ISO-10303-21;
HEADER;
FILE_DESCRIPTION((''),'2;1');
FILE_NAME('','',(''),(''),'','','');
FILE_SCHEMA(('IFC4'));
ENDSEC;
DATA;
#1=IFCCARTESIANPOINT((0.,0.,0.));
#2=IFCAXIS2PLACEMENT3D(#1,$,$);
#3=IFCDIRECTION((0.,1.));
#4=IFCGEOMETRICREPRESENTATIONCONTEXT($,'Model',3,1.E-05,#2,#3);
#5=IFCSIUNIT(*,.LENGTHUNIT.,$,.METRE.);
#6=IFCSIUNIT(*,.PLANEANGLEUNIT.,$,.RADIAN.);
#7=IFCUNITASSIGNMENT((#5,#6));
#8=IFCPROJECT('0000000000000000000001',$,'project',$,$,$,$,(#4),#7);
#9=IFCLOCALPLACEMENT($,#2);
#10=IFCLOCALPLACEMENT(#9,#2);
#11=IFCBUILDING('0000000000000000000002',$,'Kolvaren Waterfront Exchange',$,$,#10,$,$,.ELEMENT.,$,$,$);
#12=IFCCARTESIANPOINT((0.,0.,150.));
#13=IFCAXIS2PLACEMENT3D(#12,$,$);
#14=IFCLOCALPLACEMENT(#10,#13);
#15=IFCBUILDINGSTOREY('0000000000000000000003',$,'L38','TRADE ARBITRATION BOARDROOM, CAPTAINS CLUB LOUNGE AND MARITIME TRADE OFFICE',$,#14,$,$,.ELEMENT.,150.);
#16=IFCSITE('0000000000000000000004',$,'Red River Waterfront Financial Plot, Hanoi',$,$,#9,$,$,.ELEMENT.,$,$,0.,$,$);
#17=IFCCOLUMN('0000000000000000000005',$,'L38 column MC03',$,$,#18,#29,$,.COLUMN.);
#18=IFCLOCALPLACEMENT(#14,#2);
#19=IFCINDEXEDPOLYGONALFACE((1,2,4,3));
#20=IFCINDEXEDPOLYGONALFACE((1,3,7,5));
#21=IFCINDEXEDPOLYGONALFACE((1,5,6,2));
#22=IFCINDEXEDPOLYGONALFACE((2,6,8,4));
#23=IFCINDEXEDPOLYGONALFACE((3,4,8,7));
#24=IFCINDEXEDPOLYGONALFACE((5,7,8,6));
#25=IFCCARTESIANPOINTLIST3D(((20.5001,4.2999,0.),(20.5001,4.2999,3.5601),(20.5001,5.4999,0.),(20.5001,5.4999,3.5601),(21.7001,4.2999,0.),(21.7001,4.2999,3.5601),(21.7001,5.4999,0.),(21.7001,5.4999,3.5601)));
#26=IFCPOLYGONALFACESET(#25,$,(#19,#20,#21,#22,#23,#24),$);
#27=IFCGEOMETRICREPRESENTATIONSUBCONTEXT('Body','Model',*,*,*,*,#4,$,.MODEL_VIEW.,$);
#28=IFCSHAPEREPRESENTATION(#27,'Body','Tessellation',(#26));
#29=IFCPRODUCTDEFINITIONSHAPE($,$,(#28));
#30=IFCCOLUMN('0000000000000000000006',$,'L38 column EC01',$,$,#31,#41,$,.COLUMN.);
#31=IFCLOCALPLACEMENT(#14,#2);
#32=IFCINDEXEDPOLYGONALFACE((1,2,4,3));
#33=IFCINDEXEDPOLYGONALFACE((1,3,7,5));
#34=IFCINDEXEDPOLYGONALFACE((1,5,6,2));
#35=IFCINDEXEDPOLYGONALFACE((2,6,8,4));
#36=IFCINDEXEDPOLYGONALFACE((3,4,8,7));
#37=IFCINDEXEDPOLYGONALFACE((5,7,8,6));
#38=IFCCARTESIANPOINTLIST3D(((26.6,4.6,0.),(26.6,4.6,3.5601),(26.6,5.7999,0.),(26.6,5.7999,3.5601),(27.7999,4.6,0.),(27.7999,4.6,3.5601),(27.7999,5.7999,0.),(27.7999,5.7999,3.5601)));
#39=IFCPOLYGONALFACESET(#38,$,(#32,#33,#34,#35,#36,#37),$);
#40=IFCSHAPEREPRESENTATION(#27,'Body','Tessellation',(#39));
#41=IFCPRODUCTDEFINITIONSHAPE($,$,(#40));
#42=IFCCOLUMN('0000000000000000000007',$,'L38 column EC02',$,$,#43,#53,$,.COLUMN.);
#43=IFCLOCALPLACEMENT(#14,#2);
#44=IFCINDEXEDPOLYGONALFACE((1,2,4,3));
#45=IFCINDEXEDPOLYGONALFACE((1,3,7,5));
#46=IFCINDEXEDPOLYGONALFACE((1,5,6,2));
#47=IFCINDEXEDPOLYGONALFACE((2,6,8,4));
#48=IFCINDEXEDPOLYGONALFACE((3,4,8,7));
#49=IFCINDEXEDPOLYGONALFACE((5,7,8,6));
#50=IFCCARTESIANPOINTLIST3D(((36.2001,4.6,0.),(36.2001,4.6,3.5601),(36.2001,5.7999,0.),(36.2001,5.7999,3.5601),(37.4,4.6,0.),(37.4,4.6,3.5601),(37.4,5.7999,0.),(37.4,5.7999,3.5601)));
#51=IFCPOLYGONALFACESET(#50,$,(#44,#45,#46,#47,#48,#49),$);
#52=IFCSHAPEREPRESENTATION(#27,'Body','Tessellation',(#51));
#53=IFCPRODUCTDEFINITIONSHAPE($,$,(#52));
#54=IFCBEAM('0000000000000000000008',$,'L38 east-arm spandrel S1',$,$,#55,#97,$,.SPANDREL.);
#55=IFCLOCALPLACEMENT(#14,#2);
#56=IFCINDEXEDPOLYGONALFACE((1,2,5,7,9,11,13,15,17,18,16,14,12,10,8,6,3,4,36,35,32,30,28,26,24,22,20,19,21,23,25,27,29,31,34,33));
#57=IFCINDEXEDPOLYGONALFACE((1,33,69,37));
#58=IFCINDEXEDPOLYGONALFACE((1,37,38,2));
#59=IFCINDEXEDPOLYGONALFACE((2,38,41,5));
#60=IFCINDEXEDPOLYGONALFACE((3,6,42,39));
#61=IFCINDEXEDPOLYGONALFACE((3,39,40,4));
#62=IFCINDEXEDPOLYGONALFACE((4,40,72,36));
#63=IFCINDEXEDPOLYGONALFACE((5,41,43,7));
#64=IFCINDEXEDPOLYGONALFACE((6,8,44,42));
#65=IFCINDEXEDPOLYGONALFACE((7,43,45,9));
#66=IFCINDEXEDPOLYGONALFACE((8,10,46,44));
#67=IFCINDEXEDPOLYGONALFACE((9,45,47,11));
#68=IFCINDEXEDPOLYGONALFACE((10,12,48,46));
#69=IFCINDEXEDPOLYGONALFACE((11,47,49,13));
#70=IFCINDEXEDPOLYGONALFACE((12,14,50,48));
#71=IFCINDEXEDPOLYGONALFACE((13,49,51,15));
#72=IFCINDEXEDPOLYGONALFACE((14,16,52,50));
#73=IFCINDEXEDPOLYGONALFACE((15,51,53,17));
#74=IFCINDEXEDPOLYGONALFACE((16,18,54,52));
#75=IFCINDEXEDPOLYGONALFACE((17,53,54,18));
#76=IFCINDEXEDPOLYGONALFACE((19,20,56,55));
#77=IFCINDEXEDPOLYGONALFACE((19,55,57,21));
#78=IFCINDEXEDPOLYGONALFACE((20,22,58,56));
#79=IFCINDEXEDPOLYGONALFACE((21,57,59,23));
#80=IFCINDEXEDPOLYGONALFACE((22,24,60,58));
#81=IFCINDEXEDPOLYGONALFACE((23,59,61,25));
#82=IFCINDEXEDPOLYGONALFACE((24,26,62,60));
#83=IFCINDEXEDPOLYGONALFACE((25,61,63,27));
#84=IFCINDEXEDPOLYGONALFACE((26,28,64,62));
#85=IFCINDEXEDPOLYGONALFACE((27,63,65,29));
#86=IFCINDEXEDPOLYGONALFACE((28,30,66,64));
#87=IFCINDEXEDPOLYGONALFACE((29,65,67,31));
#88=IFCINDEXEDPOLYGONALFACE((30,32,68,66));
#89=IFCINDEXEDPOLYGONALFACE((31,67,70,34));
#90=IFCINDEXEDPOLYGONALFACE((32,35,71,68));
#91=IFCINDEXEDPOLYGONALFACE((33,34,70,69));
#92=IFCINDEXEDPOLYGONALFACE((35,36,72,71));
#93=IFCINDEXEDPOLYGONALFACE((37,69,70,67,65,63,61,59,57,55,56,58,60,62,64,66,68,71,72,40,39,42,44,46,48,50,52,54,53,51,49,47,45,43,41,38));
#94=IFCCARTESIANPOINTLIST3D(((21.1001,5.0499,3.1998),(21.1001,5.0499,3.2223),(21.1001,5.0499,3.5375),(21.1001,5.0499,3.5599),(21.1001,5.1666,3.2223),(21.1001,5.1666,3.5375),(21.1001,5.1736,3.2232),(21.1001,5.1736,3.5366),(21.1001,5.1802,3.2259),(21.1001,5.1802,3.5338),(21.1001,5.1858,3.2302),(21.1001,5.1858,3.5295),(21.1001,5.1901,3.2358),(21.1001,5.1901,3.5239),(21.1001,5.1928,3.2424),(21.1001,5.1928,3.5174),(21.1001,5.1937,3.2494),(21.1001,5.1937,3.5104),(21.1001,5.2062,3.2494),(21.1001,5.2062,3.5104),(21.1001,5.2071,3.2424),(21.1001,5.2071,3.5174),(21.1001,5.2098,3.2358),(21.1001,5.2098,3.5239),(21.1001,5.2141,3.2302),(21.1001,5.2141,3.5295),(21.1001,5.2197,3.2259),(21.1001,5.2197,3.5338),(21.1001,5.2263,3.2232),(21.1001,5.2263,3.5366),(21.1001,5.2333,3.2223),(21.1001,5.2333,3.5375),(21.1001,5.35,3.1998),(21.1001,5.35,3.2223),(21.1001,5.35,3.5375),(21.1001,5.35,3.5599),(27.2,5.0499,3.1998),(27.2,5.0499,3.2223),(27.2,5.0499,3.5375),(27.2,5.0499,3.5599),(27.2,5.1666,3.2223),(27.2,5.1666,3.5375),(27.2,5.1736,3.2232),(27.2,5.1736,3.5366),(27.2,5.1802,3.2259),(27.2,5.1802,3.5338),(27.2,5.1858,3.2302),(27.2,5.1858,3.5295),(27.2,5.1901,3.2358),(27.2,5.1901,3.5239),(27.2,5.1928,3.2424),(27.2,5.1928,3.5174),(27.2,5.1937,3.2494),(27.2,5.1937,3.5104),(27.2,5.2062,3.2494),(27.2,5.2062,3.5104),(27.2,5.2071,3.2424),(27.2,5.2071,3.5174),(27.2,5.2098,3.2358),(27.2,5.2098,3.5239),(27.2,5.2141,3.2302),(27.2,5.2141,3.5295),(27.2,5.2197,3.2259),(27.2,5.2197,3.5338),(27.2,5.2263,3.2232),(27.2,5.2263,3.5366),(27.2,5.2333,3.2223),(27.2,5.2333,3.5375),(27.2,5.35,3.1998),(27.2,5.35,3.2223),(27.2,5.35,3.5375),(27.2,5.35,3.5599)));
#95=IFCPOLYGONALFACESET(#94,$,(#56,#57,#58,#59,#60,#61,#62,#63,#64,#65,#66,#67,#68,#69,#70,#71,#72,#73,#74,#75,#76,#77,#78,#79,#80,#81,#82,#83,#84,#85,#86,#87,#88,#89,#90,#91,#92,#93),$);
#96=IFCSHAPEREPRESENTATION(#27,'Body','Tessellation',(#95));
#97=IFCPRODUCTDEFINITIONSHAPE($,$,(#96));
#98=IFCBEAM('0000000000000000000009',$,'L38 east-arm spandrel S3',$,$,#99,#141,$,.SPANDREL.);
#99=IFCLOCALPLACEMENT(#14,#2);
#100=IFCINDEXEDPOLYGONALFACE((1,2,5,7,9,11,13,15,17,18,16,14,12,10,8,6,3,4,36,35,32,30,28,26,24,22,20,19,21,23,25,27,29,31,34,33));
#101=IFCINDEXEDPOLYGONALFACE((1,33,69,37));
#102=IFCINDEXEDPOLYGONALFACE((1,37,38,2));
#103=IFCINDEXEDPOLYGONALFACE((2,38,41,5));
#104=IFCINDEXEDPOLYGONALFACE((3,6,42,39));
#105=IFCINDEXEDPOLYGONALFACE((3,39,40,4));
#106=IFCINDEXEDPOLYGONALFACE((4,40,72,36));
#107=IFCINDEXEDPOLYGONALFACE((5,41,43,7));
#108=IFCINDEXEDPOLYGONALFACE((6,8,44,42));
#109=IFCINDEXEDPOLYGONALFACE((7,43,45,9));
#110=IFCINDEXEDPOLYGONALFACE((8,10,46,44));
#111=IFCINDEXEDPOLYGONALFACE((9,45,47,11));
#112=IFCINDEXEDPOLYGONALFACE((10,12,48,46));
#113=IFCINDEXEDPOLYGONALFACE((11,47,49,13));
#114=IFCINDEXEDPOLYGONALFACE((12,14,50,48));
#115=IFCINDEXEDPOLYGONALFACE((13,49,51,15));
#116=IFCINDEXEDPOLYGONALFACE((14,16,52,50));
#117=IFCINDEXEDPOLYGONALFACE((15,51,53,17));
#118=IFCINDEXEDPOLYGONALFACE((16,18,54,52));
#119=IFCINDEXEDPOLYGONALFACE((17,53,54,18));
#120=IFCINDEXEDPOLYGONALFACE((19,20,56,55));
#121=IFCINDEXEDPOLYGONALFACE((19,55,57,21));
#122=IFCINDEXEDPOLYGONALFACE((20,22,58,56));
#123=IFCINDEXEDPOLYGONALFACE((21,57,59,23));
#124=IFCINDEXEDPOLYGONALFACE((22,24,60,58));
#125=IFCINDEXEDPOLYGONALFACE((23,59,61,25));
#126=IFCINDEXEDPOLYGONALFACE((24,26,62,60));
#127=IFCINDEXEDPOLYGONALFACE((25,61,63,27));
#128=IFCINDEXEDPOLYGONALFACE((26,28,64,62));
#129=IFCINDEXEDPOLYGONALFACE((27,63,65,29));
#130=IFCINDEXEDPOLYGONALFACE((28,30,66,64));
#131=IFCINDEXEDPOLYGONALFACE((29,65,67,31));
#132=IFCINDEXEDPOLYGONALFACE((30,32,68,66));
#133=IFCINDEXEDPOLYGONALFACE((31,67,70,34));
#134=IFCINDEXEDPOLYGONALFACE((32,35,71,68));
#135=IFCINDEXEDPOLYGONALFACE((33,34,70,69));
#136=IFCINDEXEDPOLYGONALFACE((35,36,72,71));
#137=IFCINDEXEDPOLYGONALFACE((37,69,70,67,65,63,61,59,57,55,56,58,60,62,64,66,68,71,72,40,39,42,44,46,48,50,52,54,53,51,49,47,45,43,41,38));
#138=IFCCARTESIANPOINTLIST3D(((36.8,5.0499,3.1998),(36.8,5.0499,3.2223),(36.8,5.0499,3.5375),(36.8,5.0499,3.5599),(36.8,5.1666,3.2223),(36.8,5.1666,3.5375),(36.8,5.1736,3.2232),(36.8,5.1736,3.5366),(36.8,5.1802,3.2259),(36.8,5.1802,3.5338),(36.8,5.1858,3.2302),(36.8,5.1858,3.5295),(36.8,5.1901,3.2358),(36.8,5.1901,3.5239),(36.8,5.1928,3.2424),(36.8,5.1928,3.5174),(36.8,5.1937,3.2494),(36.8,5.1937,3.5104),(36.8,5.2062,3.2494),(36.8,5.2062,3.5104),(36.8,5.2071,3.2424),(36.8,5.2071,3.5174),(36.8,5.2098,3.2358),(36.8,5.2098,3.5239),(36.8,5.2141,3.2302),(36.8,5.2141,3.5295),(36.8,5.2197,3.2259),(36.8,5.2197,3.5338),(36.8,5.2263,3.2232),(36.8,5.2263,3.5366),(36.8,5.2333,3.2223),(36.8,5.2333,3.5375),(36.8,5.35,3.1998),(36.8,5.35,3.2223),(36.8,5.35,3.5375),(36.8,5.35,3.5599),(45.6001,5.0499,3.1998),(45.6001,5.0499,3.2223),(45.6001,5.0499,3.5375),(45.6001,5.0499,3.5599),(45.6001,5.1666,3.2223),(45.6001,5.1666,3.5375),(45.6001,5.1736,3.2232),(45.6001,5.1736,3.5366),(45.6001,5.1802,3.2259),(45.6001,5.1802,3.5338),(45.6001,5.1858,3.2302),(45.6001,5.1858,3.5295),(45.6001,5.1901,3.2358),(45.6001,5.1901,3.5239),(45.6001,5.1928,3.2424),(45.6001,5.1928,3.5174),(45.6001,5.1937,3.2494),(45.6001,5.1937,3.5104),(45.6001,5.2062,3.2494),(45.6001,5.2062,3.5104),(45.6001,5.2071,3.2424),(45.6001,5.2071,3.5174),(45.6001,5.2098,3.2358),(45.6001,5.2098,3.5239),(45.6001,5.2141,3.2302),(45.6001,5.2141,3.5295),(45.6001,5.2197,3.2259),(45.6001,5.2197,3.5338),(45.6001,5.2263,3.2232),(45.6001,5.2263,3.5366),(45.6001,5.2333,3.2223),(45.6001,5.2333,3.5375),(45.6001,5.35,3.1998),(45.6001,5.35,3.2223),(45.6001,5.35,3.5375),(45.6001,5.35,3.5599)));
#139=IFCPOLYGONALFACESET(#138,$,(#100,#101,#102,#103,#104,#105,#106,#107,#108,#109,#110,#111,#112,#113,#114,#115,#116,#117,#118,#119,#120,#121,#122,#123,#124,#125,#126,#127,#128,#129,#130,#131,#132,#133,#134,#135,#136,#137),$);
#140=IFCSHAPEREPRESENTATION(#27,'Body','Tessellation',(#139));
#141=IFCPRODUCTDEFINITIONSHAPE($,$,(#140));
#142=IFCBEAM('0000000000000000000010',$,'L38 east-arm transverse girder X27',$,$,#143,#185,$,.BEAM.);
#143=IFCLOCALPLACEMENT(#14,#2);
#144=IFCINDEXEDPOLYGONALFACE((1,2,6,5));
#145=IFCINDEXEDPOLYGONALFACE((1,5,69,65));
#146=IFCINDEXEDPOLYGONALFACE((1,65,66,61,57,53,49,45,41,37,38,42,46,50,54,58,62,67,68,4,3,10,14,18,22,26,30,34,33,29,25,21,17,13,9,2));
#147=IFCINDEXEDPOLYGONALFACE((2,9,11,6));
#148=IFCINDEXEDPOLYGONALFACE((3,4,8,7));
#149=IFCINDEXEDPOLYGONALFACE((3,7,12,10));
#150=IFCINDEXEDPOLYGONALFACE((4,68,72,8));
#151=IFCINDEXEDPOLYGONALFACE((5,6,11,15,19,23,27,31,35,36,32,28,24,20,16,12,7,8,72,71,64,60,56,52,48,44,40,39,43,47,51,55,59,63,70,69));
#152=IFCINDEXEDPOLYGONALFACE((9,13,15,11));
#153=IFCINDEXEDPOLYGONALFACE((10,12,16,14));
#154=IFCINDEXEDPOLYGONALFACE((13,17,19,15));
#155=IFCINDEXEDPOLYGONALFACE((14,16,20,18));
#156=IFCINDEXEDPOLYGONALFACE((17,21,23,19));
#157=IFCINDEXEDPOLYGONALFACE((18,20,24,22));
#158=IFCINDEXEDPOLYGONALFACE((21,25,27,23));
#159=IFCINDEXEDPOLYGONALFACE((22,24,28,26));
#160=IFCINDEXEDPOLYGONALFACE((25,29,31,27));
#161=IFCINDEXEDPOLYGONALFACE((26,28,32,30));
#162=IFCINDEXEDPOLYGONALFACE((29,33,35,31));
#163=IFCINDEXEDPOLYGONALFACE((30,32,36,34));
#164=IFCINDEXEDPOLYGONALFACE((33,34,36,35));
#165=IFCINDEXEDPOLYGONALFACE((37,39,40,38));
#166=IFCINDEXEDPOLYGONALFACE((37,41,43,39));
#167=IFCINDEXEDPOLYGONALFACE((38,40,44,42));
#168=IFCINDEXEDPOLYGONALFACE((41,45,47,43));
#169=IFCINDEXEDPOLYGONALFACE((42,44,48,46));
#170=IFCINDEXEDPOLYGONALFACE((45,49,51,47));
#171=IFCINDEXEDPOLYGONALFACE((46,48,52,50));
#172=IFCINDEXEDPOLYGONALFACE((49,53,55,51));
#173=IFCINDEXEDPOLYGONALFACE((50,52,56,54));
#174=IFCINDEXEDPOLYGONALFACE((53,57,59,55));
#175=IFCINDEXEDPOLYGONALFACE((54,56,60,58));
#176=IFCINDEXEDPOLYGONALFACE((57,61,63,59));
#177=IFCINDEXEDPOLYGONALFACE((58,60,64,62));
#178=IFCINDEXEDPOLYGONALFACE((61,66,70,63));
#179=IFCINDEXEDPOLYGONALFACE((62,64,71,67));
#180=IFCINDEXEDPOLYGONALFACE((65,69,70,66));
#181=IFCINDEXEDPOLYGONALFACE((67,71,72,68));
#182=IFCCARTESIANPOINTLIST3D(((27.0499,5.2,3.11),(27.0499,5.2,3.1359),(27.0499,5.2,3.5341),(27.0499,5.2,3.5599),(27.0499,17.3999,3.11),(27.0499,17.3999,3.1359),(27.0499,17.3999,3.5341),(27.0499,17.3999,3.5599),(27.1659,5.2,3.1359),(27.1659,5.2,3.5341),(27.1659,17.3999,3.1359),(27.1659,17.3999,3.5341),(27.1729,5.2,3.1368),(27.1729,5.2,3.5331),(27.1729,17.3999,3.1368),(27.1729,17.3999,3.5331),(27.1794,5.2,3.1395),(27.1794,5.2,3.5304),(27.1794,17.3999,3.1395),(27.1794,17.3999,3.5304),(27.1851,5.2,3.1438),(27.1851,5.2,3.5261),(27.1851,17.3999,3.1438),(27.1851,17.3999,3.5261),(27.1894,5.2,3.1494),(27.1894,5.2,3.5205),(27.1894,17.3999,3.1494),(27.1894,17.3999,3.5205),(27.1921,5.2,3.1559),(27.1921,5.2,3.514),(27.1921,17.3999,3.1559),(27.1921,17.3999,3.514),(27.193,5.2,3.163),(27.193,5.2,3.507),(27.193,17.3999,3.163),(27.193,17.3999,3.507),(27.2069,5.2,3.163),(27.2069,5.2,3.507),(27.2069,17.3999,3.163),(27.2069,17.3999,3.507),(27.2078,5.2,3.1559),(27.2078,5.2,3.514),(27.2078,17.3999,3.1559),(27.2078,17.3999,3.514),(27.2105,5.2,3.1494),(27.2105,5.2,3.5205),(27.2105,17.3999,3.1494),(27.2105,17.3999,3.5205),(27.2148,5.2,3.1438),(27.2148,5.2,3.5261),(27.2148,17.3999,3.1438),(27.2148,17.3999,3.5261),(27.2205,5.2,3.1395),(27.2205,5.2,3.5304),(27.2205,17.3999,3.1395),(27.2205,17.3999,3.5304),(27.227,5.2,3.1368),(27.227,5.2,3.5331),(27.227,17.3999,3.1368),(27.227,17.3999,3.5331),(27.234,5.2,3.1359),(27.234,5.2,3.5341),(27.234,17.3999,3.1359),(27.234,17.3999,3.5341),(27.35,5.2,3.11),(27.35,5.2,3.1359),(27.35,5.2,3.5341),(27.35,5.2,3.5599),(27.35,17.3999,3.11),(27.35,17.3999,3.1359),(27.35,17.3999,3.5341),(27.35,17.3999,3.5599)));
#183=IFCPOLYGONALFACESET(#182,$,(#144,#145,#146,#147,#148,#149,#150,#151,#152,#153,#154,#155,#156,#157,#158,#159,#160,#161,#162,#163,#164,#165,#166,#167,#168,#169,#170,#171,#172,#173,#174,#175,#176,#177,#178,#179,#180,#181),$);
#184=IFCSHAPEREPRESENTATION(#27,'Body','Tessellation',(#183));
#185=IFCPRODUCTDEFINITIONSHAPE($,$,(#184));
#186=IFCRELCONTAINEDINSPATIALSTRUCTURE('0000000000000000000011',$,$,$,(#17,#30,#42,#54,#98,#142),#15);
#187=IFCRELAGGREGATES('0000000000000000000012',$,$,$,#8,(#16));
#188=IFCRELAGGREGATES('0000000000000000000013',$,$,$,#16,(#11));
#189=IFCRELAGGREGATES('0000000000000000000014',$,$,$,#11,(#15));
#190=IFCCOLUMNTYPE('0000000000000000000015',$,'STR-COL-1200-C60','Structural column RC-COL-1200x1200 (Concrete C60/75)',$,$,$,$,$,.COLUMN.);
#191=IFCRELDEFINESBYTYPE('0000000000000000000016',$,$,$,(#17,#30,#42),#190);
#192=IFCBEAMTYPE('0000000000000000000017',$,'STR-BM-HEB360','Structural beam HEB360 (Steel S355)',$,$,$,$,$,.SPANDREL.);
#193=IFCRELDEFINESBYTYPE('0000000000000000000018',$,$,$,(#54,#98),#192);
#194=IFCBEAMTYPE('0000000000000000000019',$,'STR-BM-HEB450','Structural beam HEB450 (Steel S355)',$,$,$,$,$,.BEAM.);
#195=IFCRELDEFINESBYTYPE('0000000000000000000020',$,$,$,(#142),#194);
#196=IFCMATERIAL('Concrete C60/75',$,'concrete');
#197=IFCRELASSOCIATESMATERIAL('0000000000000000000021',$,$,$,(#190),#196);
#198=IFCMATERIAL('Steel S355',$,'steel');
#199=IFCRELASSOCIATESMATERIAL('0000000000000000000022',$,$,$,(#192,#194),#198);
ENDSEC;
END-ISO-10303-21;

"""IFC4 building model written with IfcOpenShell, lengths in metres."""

from ifc_helpers import new_model, si_unit, direction, frame, origin, origin_2d, place, context, subcontext, project, spatial, rectangle, i_section, extrude, material, material_profile, profile_set, type_object, element, save


model = new_model("IFC4")

# Units and contexts
model_context = context("Model", 3, precision=1e-05, world=origin(), true_north=direction((0.0, 1.0)))
body_context = subcontext(model_context, "Body", "Model", "MODEL_VIEW")
ifc_project = project(units=[si_unit("LENGTHUNIT", "METRE"), si_unit("PLANEANGLEUNIT", "RADIAN")], contexts=[model_context])

# Site, building, storey
site_placement = place(None, origin())
site = spatial("IfcSite", under=ifc_project, at=site_placement, Name="Red River Waterfront Financial Plot, Hanoi", CompositionType="ELEMENT", RefElevation=0.0)
building_placement = place(site_placement, origin())
building = spatial("IfcBuilding", under=site, at=building_placement, Name="Kolvaren Waterfront Exchange", CompositionType="ELEMENT")
storey_placement = place(building_placement, frame((0.0, 0.0, 150.0)))
storey = spatial("IfcBuildingStorey", under=building, at=storey_placement, Name="L38", Description="TRADE ARBITRATION BOARDROOM, CAPTAINS CLUB LOUNGE AND MARITIME TRADE OFFICE", CompositionType="ELEMENT", Elevation=150.0)

# Columns
ifc_material_1 = material(Name="Concrete C60/75", Category="concrete")
ifc_material_profile_1 = material_profile(ifc_material_1, rectangle(XDim=1.2, YDim=1.2, at=origin_2d()), Name="RC-COL-1200x1200")
ifc_profile_set_1 = profile_set([ifc_material_profile_1], Name="Concrete C60/75")
column_type = type_object("IfcColumnType", Name="STR-COL-1200-C60", Description="Structural column RC-COL-1200x1200 (Concrete C60/75)", PredefinedType="COLUMN", material=ifc_profile_set_1)
for number, where, z_axis, x_axis, name in (
    (1, (21.1001, 4.8999, 0.0), (0.0, 0.0, 1.0), (1.0, 0.0, 0.0), "L38 column MC03"),
    (2, (27.2, 5.2, 0.0), (0.0, 0.0, 1.0), (1.0, 0.0, 0.0), "L38 column EC01"),
    (3, (36.8, 5.2, 0.0), (0.0, 0.0, 1.0), (1.0, 0.0, 0.0), "L38 column EC02"),
):
    element("IfcColumn", number, at=place(storey_placement, frame(where, z_axis=z_axis, x_axis=x_axis)), inside=storey, type_object=column_type, Name=name, PredefinedType="COLUMN", context=body_context, shape_type="SweptSolid", body=[
        extrude(rectangle(XDim=1.2, YDim=1.2, at=origin_2d()), origin(), (0.0, 0.0, 1.0), 3.5601),
    ])

# Beams
ifc_material_2 = material(Name="Steel S355", Category="steel")
ifc_material_profile_2 = material_profile(ifc_material_2, i_section(OverallWidth=0.3, OverallDepth=0.3601, WebThickness=0.0125, FlangeThickness=0.0225, FilletRadius=0.0271, at=origin_2d()), Name="HEB360")
ifc_profile_set_2 = profile_set([ifc_material_profile_2], Name="Steel S355")
beam_type_1 = type_object("IfcBeamType", Name="STR-BM-HEB360", Description="Structural beam HEB360 (Steel S355)", PredefinedType="SPANDREL", material=ifc_profile_set_2)
beam_1_placement = place(storey_placement, frame((21.1001, 5.2, 3.3799), z_axis=(1.0, 0.0, 0.0), x_axis=(0.0, 1.0, 0.0)))
element("IfcBeam", 4, at=beam_1_placement, inside=storey, type_object=beam_type_1, Name="L38 east-arm spandrel S1", PredefinedType="SPANDREL", context=body_context, shape_type="SweptSolid", body=[
    extrude(i_section(OverallWidth=0.3, OverallDepth=0.3601, WebThickness=0.0125, FlangeThickness=0.0225, FilletRadius=0.0271, at=origin_2d()), origin(), (0.0, 0.0, 1.0), 6.0999),
])
beam_2_placement = place(storey_placement, frame((36.8, 5.2, 3.3799), z_axis=(1.0, 0.0, 0.0), x_axis=(0.0, 1.0, 0.0)))
element("IfcBeam", 5, at=beam_2_placement, inside=storey, type_object=beam_type_1, Name="L38 east-arm spandrel S3", PredefinedType="SPANDREL", context=body_context, shape_type="SweptSolid", body=[
    extrude(i_section(OverallWidth=0.3, OverallDepth=0.3601, WebThickness=0.0125, FlangeThickness=0.0225, FilletRadius=0.0271, at=origin_2d()), origin(), (0.0, 0.0, 1.0), 8.8),
])
ifc_material_profile_3 = material_profile(ifc_material_2, i_section(OverallWidth=0.3, OverallDepth=0.45, WebThickness=0.0139, FlangeThickness=0.0259, FilletRadius=0.0271, at=origin_2d()), Name="HEB450")
ifc_profile_set_3 = profile_set([ifc_material_profile_3], Name="Steel S355")
beam_type_2 = type_object("IfcBeamType", Name="STR-BM-HEB450", Description="Structural beam HEB450 (Steel S355)", PredefinedType="BEAM", material=ifc_profile_set_3)
for number, where, z_axis, x_axis, name in (
    (6, (27.2, 5.2, 3.335), (0.0, 1.0, 0.0), (-1.0, 0.0, 0.0), "L38 east-arm transverse girder X27"),
):
    element("IfcBeam", number, at=place(storey_placement, frame(where, z_axis=z_axis, x_axis=x_axis)), inside=storey, type_object=beam_type_2, Name=name, PredefinedType="BEAM", context=body_context, shape_type="SweptSolid", body=[
        extrude(i_section(OverallWidth=0.3, OverallDepth=0.45, WebThickness=0.0139, FlangeThickness=0.0259, FilletRadius=0.0271, at=origin_2d()), origin(), (0.0, 0.0, 1.0), 12.2),
    ])

save(model, "model.ifc")
